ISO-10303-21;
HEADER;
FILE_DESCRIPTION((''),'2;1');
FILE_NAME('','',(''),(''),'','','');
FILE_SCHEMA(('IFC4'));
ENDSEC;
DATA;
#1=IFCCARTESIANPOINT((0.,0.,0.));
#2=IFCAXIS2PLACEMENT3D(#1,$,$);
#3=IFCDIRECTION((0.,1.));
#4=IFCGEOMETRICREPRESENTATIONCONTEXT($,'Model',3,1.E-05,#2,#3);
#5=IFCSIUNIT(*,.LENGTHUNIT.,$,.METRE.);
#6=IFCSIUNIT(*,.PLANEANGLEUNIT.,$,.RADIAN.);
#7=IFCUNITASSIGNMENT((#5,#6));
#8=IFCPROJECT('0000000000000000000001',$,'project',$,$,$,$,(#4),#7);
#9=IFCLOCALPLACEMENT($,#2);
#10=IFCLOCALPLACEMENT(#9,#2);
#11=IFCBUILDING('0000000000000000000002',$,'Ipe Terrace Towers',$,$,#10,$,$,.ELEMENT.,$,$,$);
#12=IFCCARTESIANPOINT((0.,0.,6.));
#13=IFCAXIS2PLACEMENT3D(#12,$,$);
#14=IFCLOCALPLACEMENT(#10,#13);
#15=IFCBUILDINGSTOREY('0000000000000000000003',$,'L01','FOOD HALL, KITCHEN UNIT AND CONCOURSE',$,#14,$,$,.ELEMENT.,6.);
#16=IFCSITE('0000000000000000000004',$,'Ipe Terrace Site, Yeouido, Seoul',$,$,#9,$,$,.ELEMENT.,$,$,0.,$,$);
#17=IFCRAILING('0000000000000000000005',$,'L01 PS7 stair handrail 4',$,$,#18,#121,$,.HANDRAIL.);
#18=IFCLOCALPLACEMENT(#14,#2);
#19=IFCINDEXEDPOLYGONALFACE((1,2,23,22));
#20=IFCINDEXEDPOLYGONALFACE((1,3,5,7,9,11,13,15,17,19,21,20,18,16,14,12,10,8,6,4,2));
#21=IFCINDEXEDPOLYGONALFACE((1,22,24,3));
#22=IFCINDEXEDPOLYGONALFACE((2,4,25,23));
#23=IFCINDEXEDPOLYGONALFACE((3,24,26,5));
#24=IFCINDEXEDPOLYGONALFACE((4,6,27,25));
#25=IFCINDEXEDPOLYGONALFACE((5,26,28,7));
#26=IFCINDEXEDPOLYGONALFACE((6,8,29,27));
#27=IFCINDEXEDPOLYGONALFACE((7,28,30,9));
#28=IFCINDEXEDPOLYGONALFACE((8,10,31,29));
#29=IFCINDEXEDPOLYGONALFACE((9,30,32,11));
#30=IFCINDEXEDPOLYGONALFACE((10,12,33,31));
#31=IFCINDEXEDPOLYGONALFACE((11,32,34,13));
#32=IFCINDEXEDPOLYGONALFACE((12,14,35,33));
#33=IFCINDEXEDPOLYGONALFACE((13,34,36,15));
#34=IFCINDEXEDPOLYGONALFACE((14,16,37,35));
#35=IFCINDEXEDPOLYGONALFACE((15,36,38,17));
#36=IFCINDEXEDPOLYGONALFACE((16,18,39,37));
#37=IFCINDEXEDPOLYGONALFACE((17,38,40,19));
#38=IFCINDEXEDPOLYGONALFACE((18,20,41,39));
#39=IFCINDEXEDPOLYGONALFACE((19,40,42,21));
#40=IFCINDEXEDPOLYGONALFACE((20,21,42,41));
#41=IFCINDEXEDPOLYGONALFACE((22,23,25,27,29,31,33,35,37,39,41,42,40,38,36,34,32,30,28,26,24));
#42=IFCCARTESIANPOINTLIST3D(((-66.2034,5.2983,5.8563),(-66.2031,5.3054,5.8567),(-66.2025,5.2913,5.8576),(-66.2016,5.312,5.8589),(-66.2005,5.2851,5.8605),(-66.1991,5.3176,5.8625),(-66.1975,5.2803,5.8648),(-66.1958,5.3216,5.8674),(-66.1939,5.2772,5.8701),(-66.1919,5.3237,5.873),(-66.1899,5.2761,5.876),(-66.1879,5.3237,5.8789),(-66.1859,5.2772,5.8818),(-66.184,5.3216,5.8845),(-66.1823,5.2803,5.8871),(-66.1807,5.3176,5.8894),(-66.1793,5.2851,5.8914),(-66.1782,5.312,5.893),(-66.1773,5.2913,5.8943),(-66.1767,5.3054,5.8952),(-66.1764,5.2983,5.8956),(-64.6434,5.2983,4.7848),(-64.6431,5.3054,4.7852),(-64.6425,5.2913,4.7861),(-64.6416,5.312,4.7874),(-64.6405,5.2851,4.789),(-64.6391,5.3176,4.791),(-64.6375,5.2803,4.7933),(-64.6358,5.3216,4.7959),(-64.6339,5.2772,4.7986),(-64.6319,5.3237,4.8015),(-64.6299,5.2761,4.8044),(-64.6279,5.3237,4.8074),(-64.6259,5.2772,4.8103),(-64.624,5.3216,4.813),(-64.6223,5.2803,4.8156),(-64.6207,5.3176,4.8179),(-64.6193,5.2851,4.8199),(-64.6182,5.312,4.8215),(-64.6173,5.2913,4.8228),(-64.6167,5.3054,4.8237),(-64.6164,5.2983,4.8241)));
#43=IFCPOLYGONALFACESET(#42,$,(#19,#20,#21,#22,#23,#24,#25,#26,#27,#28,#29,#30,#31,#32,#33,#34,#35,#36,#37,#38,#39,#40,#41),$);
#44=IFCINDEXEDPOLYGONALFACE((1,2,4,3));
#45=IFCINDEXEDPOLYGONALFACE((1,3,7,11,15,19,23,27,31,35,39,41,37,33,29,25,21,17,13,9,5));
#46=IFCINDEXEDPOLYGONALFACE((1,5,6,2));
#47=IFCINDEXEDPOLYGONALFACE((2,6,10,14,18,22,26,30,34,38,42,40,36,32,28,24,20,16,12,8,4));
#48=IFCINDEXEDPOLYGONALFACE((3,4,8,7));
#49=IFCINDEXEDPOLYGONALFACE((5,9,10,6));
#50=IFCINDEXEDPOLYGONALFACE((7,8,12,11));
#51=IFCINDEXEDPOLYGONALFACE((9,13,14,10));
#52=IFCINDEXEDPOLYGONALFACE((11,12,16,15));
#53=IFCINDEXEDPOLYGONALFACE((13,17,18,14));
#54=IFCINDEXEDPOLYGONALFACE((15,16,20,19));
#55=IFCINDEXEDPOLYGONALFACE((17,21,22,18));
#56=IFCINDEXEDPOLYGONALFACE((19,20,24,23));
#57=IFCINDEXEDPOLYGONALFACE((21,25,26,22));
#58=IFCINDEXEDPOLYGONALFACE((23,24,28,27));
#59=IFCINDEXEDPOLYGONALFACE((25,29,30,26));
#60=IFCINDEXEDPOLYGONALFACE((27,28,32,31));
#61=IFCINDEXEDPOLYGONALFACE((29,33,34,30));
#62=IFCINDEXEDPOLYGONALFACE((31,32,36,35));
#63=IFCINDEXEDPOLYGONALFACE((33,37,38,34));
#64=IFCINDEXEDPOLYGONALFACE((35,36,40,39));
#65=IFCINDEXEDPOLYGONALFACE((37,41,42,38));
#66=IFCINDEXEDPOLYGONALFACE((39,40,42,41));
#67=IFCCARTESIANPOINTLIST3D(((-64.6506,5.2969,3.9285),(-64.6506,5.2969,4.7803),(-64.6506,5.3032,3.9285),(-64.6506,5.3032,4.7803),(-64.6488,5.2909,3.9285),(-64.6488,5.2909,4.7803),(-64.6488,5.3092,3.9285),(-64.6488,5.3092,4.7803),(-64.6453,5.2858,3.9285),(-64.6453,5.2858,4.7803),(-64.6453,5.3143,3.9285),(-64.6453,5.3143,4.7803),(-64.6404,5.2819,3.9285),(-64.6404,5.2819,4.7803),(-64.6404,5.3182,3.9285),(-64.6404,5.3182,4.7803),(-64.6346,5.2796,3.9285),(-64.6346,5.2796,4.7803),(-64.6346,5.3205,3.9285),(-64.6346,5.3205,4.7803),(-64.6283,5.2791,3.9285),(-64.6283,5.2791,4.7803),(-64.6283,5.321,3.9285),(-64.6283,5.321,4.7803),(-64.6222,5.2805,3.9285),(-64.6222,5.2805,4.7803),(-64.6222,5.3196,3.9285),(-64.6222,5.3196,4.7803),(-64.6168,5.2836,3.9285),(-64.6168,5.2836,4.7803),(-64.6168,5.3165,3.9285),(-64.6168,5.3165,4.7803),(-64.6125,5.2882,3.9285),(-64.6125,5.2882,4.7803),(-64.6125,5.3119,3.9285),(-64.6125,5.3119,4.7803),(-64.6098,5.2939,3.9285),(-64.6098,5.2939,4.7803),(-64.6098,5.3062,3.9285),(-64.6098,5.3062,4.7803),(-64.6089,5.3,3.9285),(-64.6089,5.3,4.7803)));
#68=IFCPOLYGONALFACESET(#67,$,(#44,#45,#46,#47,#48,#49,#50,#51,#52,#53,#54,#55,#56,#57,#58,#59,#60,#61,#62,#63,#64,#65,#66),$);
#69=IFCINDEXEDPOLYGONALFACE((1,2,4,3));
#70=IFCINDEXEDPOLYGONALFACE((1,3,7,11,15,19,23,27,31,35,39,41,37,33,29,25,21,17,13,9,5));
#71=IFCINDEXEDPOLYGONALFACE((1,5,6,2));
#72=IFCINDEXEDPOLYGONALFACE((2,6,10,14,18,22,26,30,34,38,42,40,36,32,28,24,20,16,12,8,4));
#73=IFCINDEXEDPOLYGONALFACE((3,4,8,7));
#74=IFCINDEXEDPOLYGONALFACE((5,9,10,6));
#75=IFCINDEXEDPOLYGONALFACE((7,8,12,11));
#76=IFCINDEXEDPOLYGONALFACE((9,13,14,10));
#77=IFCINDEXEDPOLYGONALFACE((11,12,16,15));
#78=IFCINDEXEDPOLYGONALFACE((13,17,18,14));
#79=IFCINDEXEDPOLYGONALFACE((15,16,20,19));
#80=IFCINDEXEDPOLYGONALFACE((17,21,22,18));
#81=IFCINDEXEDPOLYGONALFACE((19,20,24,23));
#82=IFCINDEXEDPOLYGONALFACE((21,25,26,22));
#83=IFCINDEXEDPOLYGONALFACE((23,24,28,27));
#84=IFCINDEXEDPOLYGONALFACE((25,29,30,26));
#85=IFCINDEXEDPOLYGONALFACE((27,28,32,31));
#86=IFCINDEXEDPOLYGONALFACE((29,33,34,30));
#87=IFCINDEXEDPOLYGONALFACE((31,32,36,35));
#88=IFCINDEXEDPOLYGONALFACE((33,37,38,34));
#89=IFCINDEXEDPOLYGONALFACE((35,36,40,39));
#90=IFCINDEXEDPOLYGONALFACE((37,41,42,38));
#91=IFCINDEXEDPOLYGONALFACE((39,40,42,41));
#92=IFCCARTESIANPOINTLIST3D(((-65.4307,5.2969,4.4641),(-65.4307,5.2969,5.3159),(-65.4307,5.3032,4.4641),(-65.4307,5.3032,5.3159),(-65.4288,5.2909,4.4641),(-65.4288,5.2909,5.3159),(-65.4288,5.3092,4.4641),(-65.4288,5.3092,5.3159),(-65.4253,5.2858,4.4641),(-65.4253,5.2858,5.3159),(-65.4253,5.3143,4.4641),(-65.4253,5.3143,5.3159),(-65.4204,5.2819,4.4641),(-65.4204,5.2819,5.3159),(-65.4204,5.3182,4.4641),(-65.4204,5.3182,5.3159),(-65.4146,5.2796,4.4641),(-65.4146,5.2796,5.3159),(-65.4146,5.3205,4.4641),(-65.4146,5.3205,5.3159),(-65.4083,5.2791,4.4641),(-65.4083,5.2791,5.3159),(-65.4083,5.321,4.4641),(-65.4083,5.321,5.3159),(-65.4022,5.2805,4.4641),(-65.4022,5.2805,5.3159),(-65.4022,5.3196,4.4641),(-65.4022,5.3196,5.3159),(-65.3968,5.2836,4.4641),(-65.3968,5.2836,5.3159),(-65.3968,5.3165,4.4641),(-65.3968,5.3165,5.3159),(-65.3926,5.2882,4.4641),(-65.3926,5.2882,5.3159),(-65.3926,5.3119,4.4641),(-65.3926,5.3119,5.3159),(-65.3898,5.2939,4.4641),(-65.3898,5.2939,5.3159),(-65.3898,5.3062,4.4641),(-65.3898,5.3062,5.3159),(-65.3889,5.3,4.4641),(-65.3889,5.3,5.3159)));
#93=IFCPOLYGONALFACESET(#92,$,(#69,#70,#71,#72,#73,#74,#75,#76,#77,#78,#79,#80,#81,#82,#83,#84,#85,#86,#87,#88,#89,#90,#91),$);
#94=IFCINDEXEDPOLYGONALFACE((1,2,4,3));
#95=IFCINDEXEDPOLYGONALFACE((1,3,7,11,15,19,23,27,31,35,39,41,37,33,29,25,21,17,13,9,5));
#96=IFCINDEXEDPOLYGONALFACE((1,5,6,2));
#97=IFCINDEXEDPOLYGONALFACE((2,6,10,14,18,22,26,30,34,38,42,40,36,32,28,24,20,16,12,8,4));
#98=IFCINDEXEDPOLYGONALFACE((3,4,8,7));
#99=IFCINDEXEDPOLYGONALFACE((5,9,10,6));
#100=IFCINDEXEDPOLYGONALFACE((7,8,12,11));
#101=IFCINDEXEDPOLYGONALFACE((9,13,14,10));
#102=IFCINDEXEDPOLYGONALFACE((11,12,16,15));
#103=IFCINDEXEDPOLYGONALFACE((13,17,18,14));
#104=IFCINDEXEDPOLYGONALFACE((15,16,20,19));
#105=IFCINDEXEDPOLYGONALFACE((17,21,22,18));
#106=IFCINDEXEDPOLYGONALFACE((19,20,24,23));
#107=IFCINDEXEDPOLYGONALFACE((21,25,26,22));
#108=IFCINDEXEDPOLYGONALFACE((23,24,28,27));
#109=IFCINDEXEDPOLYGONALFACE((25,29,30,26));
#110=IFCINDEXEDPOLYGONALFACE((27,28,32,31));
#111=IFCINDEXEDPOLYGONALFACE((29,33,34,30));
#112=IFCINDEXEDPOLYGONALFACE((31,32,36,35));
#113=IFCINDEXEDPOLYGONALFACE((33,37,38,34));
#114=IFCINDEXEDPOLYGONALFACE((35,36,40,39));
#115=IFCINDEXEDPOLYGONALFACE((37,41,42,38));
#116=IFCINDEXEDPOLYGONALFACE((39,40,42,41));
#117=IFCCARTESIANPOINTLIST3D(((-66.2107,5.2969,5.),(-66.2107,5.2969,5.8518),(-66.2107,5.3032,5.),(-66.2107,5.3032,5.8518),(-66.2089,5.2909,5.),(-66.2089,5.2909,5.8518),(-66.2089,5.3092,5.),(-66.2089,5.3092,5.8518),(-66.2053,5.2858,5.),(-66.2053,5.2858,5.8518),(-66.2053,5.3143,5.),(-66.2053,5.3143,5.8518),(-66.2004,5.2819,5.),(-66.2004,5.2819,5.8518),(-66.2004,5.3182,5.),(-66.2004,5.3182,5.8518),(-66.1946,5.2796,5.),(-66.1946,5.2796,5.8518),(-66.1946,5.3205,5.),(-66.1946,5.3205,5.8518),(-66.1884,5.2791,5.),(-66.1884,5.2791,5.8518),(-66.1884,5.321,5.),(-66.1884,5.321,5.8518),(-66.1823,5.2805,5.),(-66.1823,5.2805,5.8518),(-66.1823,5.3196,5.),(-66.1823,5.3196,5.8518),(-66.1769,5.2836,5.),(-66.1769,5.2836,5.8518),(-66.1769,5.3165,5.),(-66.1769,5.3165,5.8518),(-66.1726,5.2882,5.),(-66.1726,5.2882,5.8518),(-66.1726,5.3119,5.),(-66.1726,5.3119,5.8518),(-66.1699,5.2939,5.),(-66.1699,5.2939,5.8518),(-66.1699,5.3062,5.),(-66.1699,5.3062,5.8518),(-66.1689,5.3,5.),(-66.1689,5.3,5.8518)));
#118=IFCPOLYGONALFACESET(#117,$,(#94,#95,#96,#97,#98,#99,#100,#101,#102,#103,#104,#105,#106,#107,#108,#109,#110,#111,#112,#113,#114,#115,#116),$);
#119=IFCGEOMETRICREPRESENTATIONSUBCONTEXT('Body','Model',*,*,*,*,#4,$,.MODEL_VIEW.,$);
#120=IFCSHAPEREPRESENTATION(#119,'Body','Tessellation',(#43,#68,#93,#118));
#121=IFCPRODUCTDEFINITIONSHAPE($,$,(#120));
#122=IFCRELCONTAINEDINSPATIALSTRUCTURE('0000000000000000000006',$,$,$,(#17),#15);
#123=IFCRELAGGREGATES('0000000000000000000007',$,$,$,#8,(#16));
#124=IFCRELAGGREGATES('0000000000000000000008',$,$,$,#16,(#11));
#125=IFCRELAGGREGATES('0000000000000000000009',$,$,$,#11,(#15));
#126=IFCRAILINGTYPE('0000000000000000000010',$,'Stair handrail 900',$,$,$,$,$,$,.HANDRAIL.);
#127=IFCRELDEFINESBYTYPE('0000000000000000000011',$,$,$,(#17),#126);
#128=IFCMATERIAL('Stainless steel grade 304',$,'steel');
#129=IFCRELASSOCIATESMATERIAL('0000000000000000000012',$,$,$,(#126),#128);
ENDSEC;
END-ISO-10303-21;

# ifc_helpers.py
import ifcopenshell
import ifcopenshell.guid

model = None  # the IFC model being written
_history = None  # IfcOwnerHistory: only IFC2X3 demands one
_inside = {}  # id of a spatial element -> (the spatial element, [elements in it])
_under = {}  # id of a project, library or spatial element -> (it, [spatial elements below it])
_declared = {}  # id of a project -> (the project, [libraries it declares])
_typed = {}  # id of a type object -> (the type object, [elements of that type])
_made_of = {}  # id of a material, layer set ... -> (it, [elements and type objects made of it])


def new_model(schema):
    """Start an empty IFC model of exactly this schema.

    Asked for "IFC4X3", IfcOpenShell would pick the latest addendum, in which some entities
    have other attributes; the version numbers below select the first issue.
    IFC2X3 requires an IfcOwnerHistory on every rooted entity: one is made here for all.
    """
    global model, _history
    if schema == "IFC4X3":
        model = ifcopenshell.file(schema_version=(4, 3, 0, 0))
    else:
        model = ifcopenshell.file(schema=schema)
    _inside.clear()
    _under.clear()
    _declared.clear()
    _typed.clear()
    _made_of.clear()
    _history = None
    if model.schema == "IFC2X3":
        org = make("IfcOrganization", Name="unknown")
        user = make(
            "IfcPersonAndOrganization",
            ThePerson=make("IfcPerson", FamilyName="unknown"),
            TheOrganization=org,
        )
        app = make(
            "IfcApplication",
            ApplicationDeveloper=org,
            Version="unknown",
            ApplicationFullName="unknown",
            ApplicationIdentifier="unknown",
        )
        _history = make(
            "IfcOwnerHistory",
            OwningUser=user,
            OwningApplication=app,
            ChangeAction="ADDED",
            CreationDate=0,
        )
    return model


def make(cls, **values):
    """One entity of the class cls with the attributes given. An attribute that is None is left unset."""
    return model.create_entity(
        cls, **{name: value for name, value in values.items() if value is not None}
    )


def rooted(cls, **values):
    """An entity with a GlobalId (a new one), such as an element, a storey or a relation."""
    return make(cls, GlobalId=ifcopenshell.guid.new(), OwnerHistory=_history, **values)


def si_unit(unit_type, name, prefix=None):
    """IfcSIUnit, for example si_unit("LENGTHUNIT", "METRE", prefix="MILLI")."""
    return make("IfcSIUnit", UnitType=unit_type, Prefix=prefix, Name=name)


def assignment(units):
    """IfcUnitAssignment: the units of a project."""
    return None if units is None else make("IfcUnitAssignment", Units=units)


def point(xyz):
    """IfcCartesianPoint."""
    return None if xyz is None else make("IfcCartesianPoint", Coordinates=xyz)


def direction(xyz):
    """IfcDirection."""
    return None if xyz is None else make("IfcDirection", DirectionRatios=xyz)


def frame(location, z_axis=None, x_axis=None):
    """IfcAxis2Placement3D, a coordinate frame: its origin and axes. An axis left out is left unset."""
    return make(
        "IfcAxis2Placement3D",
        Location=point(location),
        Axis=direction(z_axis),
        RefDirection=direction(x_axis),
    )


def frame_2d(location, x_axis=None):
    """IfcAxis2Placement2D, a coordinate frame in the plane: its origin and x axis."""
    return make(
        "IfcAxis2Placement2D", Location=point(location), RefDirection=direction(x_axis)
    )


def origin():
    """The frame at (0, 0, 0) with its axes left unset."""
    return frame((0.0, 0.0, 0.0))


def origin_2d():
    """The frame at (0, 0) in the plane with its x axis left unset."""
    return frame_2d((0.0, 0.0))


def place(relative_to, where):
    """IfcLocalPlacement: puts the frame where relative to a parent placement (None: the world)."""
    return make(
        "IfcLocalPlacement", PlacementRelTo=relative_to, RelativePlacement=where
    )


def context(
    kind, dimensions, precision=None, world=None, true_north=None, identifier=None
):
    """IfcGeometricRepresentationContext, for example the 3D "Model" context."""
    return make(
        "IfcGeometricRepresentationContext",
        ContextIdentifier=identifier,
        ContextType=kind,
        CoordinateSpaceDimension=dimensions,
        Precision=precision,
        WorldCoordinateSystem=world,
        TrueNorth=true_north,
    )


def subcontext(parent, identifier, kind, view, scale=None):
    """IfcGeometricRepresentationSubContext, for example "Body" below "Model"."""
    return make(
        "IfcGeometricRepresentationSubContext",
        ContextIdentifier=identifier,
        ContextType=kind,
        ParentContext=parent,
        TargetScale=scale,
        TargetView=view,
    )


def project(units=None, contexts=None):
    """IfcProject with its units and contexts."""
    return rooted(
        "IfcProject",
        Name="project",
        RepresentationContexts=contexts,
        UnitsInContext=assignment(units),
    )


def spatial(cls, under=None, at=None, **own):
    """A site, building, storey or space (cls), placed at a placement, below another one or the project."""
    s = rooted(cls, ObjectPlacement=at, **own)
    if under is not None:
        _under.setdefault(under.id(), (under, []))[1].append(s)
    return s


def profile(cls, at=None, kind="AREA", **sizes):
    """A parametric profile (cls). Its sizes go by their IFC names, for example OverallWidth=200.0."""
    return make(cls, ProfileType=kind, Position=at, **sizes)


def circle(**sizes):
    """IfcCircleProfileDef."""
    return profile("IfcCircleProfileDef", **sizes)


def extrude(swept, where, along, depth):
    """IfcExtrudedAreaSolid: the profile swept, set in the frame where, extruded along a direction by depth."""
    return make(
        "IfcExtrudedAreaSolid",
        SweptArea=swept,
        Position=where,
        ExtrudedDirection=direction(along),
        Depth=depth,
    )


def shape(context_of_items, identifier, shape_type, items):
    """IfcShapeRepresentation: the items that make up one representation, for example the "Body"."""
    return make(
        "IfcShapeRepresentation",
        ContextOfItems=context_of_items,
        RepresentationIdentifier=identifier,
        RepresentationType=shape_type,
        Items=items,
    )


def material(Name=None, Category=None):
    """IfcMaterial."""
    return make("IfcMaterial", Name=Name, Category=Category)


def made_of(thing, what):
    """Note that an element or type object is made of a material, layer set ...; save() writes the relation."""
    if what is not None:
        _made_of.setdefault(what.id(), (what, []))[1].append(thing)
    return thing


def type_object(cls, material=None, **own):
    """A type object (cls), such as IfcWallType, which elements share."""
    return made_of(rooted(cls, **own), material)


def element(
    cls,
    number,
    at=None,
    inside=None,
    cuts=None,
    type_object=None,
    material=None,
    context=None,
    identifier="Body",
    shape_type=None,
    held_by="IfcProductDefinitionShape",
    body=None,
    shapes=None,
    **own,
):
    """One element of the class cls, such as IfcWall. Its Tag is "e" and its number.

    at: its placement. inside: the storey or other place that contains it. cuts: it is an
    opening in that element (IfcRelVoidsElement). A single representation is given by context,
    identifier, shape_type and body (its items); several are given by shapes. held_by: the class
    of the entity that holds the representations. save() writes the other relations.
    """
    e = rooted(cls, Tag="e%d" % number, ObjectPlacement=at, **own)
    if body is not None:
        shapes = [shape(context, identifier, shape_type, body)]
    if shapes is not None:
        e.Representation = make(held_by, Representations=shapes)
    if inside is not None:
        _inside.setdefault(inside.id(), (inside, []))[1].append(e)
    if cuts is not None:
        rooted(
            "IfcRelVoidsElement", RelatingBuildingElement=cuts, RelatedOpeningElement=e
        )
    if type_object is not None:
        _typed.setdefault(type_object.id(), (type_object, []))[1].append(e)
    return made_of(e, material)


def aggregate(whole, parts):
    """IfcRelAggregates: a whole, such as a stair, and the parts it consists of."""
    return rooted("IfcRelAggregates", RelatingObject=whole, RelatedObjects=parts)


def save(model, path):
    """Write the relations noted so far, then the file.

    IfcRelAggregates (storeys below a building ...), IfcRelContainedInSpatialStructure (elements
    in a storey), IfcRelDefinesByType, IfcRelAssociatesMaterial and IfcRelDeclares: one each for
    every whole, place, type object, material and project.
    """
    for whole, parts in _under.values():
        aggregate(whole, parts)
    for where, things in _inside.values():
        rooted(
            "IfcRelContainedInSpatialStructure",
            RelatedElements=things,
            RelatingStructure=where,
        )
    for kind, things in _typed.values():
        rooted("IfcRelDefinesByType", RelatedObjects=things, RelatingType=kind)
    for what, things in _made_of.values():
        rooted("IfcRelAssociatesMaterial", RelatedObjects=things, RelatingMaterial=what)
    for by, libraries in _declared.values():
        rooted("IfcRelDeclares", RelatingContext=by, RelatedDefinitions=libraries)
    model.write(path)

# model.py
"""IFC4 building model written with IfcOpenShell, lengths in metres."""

from ifc_helpers import new_model, si_unit, direction, frame, origin, origin_2d, place, context, subcontext, project, spatial, circle, extrude, material, type_object, element, save


model = new_model("IFC4")

# Units and contexts
model_context = context("Model", 3, precision=1e-05, world=origin(), true_north=direction((0.0, 1.0)))
body_context = subcontext(model_context, "Body", "Model", "MODEL_VIEW")
ifc_project = project(units=[si_unit("LENGTHUNIT", "METRE"), si_unit("PLANEANGLEUNIT", "RADIAN")], contexts=[model_context])

# Site, building, storey
site_placement = place(None, origin())
site = spatial("IfcSite", under=ifc_project, at=site_placement, Name="Ipe Terrace Site, Yeouido, Seoul", CompositionType="ELEMENT", RefElevation=0.0)
building_placement = place(site_placement, origin())
building = spatial("IfcBuilding", under=site, at=building_placement, Name="Ipe Terrace Towers", CompositionType="ELEMENT")
storey_placement = place(building_placement, frame((0.0, 0.0, 6.0)))
storey = spatial("IfcBuildingStorey", under=building, at=storey_placement, Name="L01", Description="FOOD HALL, KITCHEN UNIT AND CONCOURSE", CompositionType="ELEMENT", Elevation=6.0)

# Railing
ifc_material_1 = material(Name="Stainless steel grade 304", Category="steel")
railing_type_1 = type_object("IfcRailingType", Name="Stair handrail 900", PredefinedType="HANDRAIL", material=ifc_material_1)
railing_1_placement = place(storey_placement, frame((-64.6299, 5.3, 3.9285)))
element("IfcRailing", 1, at=railing_1_placement, inside=storey, type_object=railing_type_1, Name="L01 PS7 stair handrail 4", PredefinedType="HANDRAIL", context=body_context, shape_type="SweptSolid", body=[
    extrude(circle(Radius=0.0239, at=origin_2d()), frame((0.0, 0.0, 0.876), z_axis=(-0.82429, 0.0, 0.566167), x_axis=(0.0, -1.0, 0.0)), (0.0, 0.0, 1.0), 1.8926),
    extrude(circle(Radius=0.021, at=origin_2d()), origin(), (0.0, 0.0, 1.0), 0.8518),
    extrude(circle(Radius=0.021, at=origin_2d()), frame((-0.78, 0.0, 0.5356)), (0.0, 0.0, 1.0), 0.8518),
    extrude(circle(Radius=0.021, at=origin_2d()), frame((-1.5601, 0.0, 1.0715)), (0.0, 0.0, 1.0), 0.8518),
])

save(model, "model.ifc")
